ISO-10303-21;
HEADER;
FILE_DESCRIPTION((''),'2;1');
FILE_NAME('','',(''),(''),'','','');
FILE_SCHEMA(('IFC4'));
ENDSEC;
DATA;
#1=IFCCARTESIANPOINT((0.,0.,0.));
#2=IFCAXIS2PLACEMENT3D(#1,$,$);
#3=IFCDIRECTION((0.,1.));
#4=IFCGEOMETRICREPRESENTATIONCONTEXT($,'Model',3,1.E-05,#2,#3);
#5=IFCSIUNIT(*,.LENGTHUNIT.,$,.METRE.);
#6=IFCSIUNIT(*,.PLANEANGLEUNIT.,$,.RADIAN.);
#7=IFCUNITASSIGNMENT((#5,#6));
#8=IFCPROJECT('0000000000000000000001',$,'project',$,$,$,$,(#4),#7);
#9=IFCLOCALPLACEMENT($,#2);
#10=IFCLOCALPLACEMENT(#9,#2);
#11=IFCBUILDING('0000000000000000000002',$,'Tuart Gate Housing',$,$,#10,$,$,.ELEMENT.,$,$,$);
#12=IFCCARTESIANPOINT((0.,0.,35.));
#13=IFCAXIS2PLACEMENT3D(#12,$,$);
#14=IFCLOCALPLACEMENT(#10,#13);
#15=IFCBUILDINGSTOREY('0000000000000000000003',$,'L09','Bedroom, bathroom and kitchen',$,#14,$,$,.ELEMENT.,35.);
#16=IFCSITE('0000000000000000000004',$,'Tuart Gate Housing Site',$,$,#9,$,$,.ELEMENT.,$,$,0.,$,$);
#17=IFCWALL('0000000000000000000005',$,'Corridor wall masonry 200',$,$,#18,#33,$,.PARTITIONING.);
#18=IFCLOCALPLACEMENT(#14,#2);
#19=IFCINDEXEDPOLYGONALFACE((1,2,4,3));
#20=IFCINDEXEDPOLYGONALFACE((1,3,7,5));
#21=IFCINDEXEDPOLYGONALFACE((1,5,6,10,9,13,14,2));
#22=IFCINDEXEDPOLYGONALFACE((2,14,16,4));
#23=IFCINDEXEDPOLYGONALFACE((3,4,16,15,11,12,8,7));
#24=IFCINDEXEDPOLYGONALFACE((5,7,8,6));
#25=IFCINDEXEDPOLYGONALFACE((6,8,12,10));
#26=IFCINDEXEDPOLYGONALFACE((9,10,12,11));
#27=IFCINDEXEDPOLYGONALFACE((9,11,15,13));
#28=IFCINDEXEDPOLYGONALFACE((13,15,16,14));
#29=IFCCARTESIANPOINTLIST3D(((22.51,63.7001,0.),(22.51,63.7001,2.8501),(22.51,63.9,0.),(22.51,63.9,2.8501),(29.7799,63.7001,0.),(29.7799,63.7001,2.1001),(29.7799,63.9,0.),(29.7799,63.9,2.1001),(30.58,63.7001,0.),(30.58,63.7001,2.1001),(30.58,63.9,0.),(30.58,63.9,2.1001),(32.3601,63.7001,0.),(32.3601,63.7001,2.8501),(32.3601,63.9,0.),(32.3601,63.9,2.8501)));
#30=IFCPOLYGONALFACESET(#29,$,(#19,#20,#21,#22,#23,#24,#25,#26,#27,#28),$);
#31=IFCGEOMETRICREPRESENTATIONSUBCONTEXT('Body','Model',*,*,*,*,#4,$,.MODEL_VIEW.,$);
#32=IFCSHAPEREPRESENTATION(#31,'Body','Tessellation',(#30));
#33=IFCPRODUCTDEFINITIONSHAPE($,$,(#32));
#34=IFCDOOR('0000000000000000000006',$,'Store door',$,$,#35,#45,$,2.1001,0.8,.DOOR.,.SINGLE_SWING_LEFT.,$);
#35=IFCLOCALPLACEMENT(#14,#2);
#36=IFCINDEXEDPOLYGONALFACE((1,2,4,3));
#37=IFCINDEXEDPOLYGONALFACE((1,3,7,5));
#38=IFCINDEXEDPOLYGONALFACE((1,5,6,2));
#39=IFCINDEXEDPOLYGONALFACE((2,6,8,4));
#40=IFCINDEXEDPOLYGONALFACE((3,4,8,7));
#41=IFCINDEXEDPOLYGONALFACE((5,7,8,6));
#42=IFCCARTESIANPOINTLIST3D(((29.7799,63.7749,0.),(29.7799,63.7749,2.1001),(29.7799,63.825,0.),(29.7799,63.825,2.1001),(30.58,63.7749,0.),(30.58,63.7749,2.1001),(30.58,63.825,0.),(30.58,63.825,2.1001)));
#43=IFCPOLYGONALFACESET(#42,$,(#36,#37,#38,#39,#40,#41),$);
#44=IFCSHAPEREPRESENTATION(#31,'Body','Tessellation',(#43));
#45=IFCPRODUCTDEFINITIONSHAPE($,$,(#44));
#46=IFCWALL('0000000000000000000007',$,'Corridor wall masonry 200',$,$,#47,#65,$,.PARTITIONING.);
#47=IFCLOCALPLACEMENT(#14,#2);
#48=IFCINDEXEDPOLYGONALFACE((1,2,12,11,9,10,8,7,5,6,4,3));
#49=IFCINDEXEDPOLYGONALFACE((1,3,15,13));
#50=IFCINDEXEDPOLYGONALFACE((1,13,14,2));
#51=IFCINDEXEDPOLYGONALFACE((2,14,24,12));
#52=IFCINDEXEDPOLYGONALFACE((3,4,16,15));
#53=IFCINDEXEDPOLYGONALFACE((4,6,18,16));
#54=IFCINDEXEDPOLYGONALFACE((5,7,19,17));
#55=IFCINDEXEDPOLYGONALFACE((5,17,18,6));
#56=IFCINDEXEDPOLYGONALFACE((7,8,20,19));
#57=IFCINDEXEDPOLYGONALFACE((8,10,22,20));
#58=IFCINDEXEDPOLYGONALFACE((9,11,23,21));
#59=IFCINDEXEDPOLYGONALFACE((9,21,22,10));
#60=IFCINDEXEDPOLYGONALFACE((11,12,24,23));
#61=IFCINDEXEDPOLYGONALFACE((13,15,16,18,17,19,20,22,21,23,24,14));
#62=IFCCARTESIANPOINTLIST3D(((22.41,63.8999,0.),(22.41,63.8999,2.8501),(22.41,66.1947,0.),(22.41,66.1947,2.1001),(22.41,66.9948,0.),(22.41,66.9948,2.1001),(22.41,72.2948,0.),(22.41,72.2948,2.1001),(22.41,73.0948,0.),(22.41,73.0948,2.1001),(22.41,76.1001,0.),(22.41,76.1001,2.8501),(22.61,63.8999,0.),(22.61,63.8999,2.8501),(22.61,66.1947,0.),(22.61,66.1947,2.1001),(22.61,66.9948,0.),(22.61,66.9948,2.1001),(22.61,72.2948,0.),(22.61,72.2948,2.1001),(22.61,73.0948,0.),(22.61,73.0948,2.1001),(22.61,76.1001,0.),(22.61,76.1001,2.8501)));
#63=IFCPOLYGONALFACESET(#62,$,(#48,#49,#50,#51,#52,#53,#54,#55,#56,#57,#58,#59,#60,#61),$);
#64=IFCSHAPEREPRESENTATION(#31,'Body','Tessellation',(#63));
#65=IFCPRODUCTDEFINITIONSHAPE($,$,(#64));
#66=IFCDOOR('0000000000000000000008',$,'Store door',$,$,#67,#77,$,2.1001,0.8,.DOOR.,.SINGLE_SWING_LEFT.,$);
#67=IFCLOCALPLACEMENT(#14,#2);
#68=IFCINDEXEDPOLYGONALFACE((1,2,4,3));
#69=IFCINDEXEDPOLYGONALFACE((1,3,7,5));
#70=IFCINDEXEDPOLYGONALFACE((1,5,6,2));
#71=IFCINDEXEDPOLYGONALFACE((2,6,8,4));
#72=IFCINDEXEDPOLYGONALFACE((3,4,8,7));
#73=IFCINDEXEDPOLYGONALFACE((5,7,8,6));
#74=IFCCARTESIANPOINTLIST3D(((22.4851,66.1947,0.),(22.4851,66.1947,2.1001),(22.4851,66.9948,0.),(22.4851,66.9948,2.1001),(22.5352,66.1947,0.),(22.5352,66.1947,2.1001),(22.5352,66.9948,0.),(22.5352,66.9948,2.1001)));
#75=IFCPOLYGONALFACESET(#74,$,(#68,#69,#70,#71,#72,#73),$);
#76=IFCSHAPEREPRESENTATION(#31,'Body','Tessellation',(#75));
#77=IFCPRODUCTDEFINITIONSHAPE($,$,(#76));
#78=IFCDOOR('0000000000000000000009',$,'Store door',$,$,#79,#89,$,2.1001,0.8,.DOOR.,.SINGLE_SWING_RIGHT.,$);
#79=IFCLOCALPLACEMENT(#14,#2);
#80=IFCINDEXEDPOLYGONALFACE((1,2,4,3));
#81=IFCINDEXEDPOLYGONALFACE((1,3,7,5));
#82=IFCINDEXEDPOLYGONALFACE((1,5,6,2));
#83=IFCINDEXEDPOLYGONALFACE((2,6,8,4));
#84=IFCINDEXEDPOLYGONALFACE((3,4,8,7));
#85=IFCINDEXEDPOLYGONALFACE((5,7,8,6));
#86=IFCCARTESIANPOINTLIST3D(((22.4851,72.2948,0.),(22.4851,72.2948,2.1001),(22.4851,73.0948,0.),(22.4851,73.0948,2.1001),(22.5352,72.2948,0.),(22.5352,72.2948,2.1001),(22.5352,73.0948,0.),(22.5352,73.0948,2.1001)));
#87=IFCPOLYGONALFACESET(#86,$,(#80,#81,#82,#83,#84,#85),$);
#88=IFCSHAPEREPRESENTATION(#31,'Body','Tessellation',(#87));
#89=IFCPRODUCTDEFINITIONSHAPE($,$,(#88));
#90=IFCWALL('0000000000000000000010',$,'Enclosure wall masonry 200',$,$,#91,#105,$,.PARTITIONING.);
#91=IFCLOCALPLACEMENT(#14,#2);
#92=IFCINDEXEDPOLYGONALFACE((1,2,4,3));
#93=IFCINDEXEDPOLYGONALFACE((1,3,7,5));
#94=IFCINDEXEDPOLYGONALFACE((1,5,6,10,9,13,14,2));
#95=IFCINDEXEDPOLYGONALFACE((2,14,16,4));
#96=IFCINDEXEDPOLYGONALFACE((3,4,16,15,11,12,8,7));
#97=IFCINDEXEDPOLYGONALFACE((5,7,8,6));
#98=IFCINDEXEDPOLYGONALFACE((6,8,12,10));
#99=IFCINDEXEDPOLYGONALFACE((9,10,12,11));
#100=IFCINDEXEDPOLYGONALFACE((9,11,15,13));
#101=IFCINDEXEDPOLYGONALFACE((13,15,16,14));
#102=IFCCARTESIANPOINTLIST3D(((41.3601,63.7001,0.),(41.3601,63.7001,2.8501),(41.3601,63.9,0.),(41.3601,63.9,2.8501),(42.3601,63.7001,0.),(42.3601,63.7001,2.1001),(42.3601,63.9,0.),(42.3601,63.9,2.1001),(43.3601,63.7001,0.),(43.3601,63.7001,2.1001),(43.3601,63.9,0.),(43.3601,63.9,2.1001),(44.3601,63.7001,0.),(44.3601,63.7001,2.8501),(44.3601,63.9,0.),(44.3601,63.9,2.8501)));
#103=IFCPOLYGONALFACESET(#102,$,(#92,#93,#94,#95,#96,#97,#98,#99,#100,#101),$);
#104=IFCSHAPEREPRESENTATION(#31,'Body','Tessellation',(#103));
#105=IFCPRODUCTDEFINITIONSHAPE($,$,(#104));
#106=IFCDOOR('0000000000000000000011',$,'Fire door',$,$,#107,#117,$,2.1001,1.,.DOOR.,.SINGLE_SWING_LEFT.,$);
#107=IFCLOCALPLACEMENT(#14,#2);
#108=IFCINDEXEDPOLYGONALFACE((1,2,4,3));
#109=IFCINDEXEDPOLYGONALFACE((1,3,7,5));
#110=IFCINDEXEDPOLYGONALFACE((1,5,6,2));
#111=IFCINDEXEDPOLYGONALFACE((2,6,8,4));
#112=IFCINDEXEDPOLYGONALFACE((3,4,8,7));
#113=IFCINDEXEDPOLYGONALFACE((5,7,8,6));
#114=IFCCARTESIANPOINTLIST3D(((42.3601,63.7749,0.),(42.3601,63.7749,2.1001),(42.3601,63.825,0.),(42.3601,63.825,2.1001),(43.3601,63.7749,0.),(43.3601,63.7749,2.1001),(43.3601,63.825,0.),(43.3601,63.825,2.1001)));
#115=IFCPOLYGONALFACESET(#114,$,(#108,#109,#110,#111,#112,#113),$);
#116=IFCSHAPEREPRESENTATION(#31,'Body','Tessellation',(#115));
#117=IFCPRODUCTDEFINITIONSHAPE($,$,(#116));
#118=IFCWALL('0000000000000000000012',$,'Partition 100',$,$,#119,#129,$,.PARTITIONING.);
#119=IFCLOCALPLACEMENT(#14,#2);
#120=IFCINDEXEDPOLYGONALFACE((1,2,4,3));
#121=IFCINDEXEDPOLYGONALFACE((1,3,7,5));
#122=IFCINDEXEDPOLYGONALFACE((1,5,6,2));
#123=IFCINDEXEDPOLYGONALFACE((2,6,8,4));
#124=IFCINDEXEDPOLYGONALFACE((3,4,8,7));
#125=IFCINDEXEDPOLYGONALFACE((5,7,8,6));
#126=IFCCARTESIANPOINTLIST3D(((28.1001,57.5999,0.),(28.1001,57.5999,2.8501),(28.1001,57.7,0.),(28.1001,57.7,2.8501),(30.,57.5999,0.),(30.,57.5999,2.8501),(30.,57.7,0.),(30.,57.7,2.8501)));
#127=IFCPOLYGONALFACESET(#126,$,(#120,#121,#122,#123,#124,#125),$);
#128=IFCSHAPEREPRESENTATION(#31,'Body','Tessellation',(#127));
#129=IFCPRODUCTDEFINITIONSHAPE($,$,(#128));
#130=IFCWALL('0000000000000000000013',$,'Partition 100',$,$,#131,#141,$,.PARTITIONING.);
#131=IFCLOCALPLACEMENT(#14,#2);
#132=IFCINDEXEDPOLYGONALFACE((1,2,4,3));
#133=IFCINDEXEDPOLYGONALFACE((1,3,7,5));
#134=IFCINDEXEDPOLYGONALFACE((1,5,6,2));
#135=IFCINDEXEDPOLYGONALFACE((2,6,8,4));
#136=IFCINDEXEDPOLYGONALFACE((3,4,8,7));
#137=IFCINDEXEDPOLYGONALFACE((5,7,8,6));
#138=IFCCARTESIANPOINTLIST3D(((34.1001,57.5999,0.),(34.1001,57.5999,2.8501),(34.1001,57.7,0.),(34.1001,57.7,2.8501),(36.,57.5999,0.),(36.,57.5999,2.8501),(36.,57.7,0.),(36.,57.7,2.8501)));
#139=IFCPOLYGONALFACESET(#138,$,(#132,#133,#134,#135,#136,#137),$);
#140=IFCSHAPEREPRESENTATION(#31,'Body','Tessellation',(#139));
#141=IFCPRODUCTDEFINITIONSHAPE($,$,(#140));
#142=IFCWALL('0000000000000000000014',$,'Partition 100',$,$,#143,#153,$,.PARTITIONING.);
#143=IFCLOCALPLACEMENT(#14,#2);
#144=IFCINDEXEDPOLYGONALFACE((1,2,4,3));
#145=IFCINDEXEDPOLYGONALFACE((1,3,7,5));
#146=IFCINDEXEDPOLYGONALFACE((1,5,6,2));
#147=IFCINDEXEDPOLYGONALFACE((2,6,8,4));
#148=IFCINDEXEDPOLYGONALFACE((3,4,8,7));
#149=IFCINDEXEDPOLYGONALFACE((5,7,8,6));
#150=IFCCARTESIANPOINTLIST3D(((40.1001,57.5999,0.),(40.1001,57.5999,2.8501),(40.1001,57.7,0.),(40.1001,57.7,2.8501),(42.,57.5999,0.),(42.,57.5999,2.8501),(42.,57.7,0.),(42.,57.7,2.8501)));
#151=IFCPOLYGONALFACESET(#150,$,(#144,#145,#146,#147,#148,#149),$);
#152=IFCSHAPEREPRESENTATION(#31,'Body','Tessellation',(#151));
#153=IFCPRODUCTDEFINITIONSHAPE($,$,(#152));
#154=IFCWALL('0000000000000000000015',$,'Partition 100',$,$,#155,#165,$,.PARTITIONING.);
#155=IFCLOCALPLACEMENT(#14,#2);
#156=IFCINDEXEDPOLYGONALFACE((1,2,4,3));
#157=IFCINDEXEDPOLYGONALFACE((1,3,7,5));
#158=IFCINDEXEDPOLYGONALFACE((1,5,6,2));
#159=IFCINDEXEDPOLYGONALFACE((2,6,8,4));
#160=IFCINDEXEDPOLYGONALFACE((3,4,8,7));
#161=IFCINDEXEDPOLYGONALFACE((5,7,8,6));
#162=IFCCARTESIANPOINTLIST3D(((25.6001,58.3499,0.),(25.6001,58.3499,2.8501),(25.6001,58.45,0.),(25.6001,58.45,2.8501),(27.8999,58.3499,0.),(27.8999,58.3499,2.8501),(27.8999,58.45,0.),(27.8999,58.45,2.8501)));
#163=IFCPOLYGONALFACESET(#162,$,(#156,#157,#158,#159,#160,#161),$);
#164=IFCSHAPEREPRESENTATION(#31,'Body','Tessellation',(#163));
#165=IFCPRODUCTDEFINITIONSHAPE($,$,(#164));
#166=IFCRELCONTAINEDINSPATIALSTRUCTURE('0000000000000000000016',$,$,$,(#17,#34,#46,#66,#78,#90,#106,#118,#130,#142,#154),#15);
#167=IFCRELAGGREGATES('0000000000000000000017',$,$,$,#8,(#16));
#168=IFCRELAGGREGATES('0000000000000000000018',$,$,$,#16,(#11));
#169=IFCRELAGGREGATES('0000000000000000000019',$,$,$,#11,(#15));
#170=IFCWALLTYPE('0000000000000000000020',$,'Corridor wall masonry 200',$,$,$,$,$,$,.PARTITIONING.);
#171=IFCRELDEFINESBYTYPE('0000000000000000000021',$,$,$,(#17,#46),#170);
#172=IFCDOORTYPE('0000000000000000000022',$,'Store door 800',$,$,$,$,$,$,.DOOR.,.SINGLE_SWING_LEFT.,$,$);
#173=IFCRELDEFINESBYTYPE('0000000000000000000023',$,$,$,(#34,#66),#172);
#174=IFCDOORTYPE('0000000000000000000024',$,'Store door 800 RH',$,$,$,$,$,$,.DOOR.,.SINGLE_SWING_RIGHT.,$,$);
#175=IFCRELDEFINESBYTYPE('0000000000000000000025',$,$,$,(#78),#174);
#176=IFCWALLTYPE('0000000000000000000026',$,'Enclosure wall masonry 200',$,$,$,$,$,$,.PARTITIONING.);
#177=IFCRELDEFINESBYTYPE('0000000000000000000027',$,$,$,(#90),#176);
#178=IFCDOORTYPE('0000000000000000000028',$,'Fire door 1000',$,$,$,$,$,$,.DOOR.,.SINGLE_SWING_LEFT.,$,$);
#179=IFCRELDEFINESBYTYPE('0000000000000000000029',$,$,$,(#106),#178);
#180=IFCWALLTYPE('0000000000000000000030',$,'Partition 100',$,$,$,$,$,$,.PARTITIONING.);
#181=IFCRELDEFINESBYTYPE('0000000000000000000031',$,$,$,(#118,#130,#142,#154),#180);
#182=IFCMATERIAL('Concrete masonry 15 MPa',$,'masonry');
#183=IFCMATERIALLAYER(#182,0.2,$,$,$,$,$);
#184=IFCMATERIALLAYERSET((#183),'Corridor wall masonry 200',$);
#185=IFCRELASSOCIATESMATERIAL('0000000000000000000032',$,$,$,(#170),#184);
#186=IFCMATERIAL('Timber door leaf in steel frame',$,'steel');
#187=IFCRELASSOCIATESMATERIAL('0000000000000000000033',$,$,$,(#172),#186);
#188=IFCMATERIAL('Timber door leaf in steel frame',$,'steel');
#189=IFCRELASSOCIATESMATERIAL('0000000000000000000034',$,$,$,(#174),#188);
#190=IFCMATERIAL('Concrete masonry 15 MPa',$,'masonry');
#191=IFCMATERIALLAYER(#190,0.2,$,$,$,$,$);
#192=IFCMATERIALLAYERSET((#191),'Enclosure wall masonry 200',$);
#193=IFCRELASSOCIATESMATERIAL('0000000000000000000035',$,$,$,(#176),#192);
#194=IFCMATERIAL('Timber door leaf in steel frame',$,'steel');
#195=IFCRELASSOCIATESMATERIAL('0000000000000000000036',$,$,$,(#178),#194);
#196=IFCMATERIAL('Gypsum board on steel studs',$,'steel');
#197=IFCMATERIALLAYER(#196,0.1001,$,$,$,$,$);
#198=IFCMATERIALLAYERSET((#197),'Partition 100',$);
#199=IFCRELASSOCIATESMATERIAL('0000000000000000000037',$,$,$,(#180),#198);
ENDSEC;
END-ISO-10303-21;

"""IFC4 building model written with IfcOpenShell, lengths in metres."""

from ifc_helpers import new_model, si_unit, direction, frame, frame_2d, origin, place, context, subcontext, project, spatial, rectangle, extrude, material, layer, layer_set, type_object, element, fill, save


model = new_model("IFC4")

# Units and contexts
model_context = context("Model", 3, precision=1e-05, world=origin(), true_north=direction((0.0, 1.0)))
body_context = subcontext(model_context, "Body", "Model", "MODEL_VIEW")
ifc_project = project(units=[si_unit("LENGTHUNIT", "METRE"), si_unit("PLANEANGLEUNIT", "RADIAN")], contexts=[model_context])

# Site, building, storey
site_placement = place(None, origin())
site = spatial("IfcSite", under=ifc_project, at=site_placement, Name="Tuart Gate Housing Site", CompositionType="ELEMENT", RefElevation=0.0)
building_placement = place(site_placement, origin())
building = spatial("IfcBuilding", under=site, at=building_placement, Name="Tuart Gate Housing", CompositionType="ELEMENT")
storey_placement = place(building_placement, frame((0.0, 0.0, 35.0)))
storey = spatial("IfcBuildingStorey", under=building, at=storey_placement, Name="L09", Description="Bedroom, bathroom and kitchen", CompositionType="ELEMENT", Elevation=35.0)

# Shared definitions
ifc_material_1 = material(Name="Concrete masonry 15 MPa", Category="masonry")
ifc_layer_1 = layer(ifc_material_1, 0.2)
ifc_layer_set_1 = layer_set([ifc_layer_1], Name="Corridor wall masonry 200")
wall_type_1 = type_object("IfcWallType", Name="Corridor wall masonry 200", PredefinedType="PARTITIONING", material=ifc_layer_set_1)

# Wall, opening, door
wall_1_placement = place(storey_placement, frame((22.51, 63.8, 0.0), z_axis=(0.0, 0.0, 1.0), x_axis=(1.0, 0.0, 0.0)))
wall_1 = element("IfcWall", 1, at=wall_1_placement, inside=storey, type_object=wall_type_1, Name="Corridor wall masonry 200", PredefinedType="PARTITIONING", context=body_context, shape_type="SweptSolid", body=[
    extrude(rectangle(XDim=9.8501, YDim=0.2, at=frame_2d((4.925, 0.0))), origin(), (0.0, 0.0, 1.0), 2.8501),
])
opening_1_placement = place(wall_1_placement, frame((7.27, 0.0, 0.0)))
opening_1 = element("IfcOpeningElement", 2, at=opening_1_placement, cuts=wall_1, PredefinedType="OPENING", context=body_context, shape_type="SweptSolid", body=[
    extrude(rectangle(XDim=0.8, YDim=2.1001, at=frame_2d((0.3999, 1.05))), frame((0.0, 0.1099, 0.0), z_axis=(0.0, -1.0, 0.0), x_axis=(1.0, 0.0, 0.0)), (0.0, 0.0, 1.0), 0.22),
])
ifc_material_2 = material(Name="Timber door leaf in steel frame", Category="steel")
door_type_1 = type_object("IfcDoorType", Name="Store door 800", OperationType="SINGLE_SWING_LEFT", PredefinedType="DOOR", material=ifc_material_2)
door_1_placement = place(opening_1_placement, origin())
door_1 = element("IfcDoor", 3, at=door_1_placement, inside=storey, type_object=door_type_1, Name="Store door", OperationType="SINGLE_SWING_LEFT", OverallHeight=2.1001, OverallWidth=0.8, PredefinedType="DOOR", context=body_context, shape_type="SweptSolid", body=[
    extrude(rectangle(XDim=0.8, YDim=2.1001, at=frame_2d((0.3999, 1.05))), frame((0.0, 0.0249, 0.0), z_axis=(0.0, -1.0, 0.0), x_axis=(1.0, 0.0, 0.0)), (0.0, 0.0, 1.0), 0.05),
])
fill(opening_1, door_1)

# Wall, openings, doors
wall_2_placement = place(storey_placement, frame((22.51, 63.8999, 0.0), z_axis=(0.0, 0.0, 1.0), x_axis=(0.0, 1.0, 0.0)))
wall_2 = element("IfcWall", 4, at=wall_2_placement, inside=storey, type_object=wall_type_1, Name="Corridor wall masonry 200", PredefinedType="PARTITIONING", context=body_context, shape_type="SweptSolid", body=[
    extrude(rectangle(XDim=12.2002, YDim=0.2, at=frame_2d((6.1001, 0.0))), origin(), (0.0, 0.0, 1.0), 2.8501),
])
opening_2_placement = place(wall_2_placement, frame((2.2949, 0.0, 0.0)))
opening_2 = element("IfcOpeningElement", 5, at=opening_2_placement, cuts=wall_2, PredefinedType="OPENING", context=body_context, shape_type="SweptSolid", body=[
    extrude(rectangle(XDim=0.8, YDim=2.1001, at=frame_2d((0.3999, 1.05))), frame((0.0, 0.1099, 0.0), z_axis=(0.0, -1.0, 0.0), x_axis=(1.0, 0.0, 0.0)), (0.0, 0.0, 1.0), 0.22),
])
opening_3_placement = place(wall_2_placement, frame((8.395, 0.0, 0.0)))
opening_3 = element("IfcOpeningElement", 6, at=opening_3_placement, cuts=wall_2, PredefinedType="OPENING", context=body_context, shape_type="SweptSolid", body=[
    extrude(rectangle(XDim=0.8, YDim=2.1001, at=frame_2d((0.3999, 1.05))), frame((0.0, 0.1099, 0.0), z_axis=(0.0, -1.0, 0.0), x_axis=(1.0, 0.0, 0.0)), (0.0, 0.0, 1.0), 0.22),
])
door_2_placement = place(opening_2_placement, frame((0.8, 0.0, 0.0), z_axis=(0.0, 0.0, 1.0), x_axis=(-1.0, 0.0, 0.0)))
door_2 = element("IfcDoor", 7, at=door_2_placement, inside=storey, type_object=door_type_1, Name="Store door", OperationType="SINGLE_SWING_LEFT", OverallHeight=2.1001, OverallWidth=0.8, PredefinedType="DOOR", context=body_context, shape_type="SweptSolid", body=[
    extrude(rectangle(XDim=0.8, YDim=2.1001, at=frame_2d((0.4001, 1.05))), frame((0.0, 0.0251, 0.0), z_axis=(0.0, -1.0, 0.0), x_axis=(1.0, 0.0, 0.0)), (0.0, 0.0, 1.0), 0.05),
])
fill(opening_2, door_2)
ifc_material_3 = material(Name="Timber door leaf in steel frame", Category="steel")
door_type_2 = type_object("IfcDoorType", Name="Store door 800 RH", OperationType="SINGLE_SWING_RIGHT", PredefinedType="DOOR", material=ifc_material_3)
door_3_placement = place(opening_3_placement, frame((0.8, 0.0, 0.0), z_axis=(0.0, 0.0, 1.0), x_axis=(-1.0, 0.0, 0.0)))
door_3 = element("IfcDoor", 8, at=door_3_placement, inside=storey, type_object=door_type_2, Name="Store door", OperationType="SINGLE_SWING_RIGHT", OverallHeight=2.1001, OverallWidth=0.8, PredefinedType="DOOR", context=body_context, shape_type="SweptSolid", body=[
    extrude(rectangle(XDim=0.8, YDim=2.1001, at=frame_2d((0.4001, 1.05))), frame((0.0, 0.0251, 0.0), z_axis=(0.0, -1.0, 0.0), x_axis=(1.0, 0.0, 0.0)), (0.0, 0.0, 1.0), 0.05),
])
fill(opening_3, door_3)

# Wall, opening, door
ifc_material_4 = material(Name="Concrete masonry 15 MPa", Category="masonry")
ifc_layer_2 = layer(ifc_material_4, 0.2)
ifc_layer_set_2 = layer_set([ifc_layer_2], Name="Enclosure wall masonry 200")
wall_type_2 = type_object("IfcWallType", Name="Enclosure wall masonry 200", PredefinedType="PARTITIONING", material=ifc_layer_set_2)
wall_3_placement = place(storey_placement, frame((41.3601, 63.8, 0.0), z_axis=(0.0, 0.0, 1.0), x_axis=(1.0, 0.0, 0.0)))
wall_3 = element("IfcWall", 9, at=wall_3_placement, inside=storey, type_object=wall_type_2, Name="Enclosure wall masonry 200", PredefinedType="PARTITIONING", context=body_context, shape_type="SweptSolid", body=[
    extrude(rectangle(XDim=3.0, YDim=0.2, at=frame_2d((1.5, 0.0))), origin(), (0.0, 0.0, 1.0), 2.8501),
])
opening_4_placement = place(wall_3_placement, frame((1.0, 0.0, 0.0)))
opening_4 = element("IfcOpeningElement", 10, at=opening_4_placement, cuts=wall_3, PredefinedType="OPENING", context=body_context, shape_type="SweptSolid", body=[
    extrude(rectangle(XDim=1.0, YDim=2.1001, at=frame_2d((0.5, 1.05))), frame((0.0, 0.1099, 0.0), z_axis=(0.0, -1.0, 0.0), x_axis=(1.0, 0.0, 0.0)), (0.0, 0.0, 1.0), 0.22),
])
ifc_material_5 = material(Name="Timber door leaf in steel frame", Category="steel")
door_type_3 = type_object("IfcDoorType", Name="Fire door 1000", OperationType="SINGLE_SWING_LEFT", PredefinedType="DOOR", material=ifc_material_5)
door_4_placement = place(opening_4_placement, frame((1.0, 0.0, 0.0), z_axis=(0.0, 0.0, 1.0), x_axis=(-1.0, 0.0, 0.0)))
door_4 = element("IfcDoor", 11, at=door_4_placement, inside=storey, type_object=door_type_3, Name="Fire door", OperationType="SINGLE_SWING_LEFT", OverallHeight=2.1001, OverallWidth=1.0, PredefinedType="DOOR", context=body_context, shape_type="SweptSolid", body=[
    extrude(rectangle(XDim=1.0, YDim=2.1001, at=frame_2d((0.5, 1.05))), frame((0.0, 0.0251, 0.0), z_axis=(0.0, -1.0, 0.0), x_axis=(1.0, 0.0, 0.0)), (0.0, 0.0, 1.0), 0.05),
])
fill(opening_4, door_4)

# Walls
ifc_material_6 = material(Name="Gypsum board on steel studs", Category="steel")
ifc_layer_3 = layer(ifc_material_6, 0.1001)
ifc_layer_set_3 = layer_set([ifc_layer_3], Name="Partition 100")
wall_type_3 = type_object("IfcWallType", Name="Partition 100", PredefinedType="PARTITIONING", material=ifc_layer_set_3)
for number, where, z_axis, x_axis, name in (
    (12, (28.1001, 57.6499, 0.0), (0.0, 0.0, 1.0), (1.0, 0.0, 0.0), "Partition 100"),
    (13, (34.1001, 57.6499, 0.0), (0.0, 0.0, 1.0), (1.0, 0.0, 0.0), "Partition 100"),
    (14, (40.1001, 57.6499, 0.0), (0.0, 0.0, 1.0), (1.0, 0.0, 0.0), "Partition 100"),
):
    element("IfcWall", number, at=place(storey_placement, frame(where, z_axis=z_axis, x_axis=x_axis)), inside=storey, type_object=wall_type_3, Name=name, PredefinedType="PARTITIONING", context=body_context, shape_type="SweptSolid", body=[
        extrude(rectangle(XDim=1.8999, YDim=0.1001, at=frame_2d((0.95, 0.0))), origin(), (0.0, 0.0, 1.0), 2.8501),
    ])
wall_4_placement = place(storey_placement, frame((25.6001, 58.3999, 0.0), z_axis=(0.0, 0.0, 1.0), x_axis=(1.0, 0.0, 0.0)))
element("IfcWall", 15, at=wall_4_placement, inside=storey, type_object=wall_type_3, Name="Partition 100", PredefinedType="PARTITIONING", context=body_context, shape_type="SweptSolid", body=[
    extrude(rectangle(XDim=2.2998, YDim=0.1001, at=frame_2d((1.1499, 0.0))), origin(), (0.0, 0.0, 1.0), 2.8501),
])

save(model, "model.ifc")
